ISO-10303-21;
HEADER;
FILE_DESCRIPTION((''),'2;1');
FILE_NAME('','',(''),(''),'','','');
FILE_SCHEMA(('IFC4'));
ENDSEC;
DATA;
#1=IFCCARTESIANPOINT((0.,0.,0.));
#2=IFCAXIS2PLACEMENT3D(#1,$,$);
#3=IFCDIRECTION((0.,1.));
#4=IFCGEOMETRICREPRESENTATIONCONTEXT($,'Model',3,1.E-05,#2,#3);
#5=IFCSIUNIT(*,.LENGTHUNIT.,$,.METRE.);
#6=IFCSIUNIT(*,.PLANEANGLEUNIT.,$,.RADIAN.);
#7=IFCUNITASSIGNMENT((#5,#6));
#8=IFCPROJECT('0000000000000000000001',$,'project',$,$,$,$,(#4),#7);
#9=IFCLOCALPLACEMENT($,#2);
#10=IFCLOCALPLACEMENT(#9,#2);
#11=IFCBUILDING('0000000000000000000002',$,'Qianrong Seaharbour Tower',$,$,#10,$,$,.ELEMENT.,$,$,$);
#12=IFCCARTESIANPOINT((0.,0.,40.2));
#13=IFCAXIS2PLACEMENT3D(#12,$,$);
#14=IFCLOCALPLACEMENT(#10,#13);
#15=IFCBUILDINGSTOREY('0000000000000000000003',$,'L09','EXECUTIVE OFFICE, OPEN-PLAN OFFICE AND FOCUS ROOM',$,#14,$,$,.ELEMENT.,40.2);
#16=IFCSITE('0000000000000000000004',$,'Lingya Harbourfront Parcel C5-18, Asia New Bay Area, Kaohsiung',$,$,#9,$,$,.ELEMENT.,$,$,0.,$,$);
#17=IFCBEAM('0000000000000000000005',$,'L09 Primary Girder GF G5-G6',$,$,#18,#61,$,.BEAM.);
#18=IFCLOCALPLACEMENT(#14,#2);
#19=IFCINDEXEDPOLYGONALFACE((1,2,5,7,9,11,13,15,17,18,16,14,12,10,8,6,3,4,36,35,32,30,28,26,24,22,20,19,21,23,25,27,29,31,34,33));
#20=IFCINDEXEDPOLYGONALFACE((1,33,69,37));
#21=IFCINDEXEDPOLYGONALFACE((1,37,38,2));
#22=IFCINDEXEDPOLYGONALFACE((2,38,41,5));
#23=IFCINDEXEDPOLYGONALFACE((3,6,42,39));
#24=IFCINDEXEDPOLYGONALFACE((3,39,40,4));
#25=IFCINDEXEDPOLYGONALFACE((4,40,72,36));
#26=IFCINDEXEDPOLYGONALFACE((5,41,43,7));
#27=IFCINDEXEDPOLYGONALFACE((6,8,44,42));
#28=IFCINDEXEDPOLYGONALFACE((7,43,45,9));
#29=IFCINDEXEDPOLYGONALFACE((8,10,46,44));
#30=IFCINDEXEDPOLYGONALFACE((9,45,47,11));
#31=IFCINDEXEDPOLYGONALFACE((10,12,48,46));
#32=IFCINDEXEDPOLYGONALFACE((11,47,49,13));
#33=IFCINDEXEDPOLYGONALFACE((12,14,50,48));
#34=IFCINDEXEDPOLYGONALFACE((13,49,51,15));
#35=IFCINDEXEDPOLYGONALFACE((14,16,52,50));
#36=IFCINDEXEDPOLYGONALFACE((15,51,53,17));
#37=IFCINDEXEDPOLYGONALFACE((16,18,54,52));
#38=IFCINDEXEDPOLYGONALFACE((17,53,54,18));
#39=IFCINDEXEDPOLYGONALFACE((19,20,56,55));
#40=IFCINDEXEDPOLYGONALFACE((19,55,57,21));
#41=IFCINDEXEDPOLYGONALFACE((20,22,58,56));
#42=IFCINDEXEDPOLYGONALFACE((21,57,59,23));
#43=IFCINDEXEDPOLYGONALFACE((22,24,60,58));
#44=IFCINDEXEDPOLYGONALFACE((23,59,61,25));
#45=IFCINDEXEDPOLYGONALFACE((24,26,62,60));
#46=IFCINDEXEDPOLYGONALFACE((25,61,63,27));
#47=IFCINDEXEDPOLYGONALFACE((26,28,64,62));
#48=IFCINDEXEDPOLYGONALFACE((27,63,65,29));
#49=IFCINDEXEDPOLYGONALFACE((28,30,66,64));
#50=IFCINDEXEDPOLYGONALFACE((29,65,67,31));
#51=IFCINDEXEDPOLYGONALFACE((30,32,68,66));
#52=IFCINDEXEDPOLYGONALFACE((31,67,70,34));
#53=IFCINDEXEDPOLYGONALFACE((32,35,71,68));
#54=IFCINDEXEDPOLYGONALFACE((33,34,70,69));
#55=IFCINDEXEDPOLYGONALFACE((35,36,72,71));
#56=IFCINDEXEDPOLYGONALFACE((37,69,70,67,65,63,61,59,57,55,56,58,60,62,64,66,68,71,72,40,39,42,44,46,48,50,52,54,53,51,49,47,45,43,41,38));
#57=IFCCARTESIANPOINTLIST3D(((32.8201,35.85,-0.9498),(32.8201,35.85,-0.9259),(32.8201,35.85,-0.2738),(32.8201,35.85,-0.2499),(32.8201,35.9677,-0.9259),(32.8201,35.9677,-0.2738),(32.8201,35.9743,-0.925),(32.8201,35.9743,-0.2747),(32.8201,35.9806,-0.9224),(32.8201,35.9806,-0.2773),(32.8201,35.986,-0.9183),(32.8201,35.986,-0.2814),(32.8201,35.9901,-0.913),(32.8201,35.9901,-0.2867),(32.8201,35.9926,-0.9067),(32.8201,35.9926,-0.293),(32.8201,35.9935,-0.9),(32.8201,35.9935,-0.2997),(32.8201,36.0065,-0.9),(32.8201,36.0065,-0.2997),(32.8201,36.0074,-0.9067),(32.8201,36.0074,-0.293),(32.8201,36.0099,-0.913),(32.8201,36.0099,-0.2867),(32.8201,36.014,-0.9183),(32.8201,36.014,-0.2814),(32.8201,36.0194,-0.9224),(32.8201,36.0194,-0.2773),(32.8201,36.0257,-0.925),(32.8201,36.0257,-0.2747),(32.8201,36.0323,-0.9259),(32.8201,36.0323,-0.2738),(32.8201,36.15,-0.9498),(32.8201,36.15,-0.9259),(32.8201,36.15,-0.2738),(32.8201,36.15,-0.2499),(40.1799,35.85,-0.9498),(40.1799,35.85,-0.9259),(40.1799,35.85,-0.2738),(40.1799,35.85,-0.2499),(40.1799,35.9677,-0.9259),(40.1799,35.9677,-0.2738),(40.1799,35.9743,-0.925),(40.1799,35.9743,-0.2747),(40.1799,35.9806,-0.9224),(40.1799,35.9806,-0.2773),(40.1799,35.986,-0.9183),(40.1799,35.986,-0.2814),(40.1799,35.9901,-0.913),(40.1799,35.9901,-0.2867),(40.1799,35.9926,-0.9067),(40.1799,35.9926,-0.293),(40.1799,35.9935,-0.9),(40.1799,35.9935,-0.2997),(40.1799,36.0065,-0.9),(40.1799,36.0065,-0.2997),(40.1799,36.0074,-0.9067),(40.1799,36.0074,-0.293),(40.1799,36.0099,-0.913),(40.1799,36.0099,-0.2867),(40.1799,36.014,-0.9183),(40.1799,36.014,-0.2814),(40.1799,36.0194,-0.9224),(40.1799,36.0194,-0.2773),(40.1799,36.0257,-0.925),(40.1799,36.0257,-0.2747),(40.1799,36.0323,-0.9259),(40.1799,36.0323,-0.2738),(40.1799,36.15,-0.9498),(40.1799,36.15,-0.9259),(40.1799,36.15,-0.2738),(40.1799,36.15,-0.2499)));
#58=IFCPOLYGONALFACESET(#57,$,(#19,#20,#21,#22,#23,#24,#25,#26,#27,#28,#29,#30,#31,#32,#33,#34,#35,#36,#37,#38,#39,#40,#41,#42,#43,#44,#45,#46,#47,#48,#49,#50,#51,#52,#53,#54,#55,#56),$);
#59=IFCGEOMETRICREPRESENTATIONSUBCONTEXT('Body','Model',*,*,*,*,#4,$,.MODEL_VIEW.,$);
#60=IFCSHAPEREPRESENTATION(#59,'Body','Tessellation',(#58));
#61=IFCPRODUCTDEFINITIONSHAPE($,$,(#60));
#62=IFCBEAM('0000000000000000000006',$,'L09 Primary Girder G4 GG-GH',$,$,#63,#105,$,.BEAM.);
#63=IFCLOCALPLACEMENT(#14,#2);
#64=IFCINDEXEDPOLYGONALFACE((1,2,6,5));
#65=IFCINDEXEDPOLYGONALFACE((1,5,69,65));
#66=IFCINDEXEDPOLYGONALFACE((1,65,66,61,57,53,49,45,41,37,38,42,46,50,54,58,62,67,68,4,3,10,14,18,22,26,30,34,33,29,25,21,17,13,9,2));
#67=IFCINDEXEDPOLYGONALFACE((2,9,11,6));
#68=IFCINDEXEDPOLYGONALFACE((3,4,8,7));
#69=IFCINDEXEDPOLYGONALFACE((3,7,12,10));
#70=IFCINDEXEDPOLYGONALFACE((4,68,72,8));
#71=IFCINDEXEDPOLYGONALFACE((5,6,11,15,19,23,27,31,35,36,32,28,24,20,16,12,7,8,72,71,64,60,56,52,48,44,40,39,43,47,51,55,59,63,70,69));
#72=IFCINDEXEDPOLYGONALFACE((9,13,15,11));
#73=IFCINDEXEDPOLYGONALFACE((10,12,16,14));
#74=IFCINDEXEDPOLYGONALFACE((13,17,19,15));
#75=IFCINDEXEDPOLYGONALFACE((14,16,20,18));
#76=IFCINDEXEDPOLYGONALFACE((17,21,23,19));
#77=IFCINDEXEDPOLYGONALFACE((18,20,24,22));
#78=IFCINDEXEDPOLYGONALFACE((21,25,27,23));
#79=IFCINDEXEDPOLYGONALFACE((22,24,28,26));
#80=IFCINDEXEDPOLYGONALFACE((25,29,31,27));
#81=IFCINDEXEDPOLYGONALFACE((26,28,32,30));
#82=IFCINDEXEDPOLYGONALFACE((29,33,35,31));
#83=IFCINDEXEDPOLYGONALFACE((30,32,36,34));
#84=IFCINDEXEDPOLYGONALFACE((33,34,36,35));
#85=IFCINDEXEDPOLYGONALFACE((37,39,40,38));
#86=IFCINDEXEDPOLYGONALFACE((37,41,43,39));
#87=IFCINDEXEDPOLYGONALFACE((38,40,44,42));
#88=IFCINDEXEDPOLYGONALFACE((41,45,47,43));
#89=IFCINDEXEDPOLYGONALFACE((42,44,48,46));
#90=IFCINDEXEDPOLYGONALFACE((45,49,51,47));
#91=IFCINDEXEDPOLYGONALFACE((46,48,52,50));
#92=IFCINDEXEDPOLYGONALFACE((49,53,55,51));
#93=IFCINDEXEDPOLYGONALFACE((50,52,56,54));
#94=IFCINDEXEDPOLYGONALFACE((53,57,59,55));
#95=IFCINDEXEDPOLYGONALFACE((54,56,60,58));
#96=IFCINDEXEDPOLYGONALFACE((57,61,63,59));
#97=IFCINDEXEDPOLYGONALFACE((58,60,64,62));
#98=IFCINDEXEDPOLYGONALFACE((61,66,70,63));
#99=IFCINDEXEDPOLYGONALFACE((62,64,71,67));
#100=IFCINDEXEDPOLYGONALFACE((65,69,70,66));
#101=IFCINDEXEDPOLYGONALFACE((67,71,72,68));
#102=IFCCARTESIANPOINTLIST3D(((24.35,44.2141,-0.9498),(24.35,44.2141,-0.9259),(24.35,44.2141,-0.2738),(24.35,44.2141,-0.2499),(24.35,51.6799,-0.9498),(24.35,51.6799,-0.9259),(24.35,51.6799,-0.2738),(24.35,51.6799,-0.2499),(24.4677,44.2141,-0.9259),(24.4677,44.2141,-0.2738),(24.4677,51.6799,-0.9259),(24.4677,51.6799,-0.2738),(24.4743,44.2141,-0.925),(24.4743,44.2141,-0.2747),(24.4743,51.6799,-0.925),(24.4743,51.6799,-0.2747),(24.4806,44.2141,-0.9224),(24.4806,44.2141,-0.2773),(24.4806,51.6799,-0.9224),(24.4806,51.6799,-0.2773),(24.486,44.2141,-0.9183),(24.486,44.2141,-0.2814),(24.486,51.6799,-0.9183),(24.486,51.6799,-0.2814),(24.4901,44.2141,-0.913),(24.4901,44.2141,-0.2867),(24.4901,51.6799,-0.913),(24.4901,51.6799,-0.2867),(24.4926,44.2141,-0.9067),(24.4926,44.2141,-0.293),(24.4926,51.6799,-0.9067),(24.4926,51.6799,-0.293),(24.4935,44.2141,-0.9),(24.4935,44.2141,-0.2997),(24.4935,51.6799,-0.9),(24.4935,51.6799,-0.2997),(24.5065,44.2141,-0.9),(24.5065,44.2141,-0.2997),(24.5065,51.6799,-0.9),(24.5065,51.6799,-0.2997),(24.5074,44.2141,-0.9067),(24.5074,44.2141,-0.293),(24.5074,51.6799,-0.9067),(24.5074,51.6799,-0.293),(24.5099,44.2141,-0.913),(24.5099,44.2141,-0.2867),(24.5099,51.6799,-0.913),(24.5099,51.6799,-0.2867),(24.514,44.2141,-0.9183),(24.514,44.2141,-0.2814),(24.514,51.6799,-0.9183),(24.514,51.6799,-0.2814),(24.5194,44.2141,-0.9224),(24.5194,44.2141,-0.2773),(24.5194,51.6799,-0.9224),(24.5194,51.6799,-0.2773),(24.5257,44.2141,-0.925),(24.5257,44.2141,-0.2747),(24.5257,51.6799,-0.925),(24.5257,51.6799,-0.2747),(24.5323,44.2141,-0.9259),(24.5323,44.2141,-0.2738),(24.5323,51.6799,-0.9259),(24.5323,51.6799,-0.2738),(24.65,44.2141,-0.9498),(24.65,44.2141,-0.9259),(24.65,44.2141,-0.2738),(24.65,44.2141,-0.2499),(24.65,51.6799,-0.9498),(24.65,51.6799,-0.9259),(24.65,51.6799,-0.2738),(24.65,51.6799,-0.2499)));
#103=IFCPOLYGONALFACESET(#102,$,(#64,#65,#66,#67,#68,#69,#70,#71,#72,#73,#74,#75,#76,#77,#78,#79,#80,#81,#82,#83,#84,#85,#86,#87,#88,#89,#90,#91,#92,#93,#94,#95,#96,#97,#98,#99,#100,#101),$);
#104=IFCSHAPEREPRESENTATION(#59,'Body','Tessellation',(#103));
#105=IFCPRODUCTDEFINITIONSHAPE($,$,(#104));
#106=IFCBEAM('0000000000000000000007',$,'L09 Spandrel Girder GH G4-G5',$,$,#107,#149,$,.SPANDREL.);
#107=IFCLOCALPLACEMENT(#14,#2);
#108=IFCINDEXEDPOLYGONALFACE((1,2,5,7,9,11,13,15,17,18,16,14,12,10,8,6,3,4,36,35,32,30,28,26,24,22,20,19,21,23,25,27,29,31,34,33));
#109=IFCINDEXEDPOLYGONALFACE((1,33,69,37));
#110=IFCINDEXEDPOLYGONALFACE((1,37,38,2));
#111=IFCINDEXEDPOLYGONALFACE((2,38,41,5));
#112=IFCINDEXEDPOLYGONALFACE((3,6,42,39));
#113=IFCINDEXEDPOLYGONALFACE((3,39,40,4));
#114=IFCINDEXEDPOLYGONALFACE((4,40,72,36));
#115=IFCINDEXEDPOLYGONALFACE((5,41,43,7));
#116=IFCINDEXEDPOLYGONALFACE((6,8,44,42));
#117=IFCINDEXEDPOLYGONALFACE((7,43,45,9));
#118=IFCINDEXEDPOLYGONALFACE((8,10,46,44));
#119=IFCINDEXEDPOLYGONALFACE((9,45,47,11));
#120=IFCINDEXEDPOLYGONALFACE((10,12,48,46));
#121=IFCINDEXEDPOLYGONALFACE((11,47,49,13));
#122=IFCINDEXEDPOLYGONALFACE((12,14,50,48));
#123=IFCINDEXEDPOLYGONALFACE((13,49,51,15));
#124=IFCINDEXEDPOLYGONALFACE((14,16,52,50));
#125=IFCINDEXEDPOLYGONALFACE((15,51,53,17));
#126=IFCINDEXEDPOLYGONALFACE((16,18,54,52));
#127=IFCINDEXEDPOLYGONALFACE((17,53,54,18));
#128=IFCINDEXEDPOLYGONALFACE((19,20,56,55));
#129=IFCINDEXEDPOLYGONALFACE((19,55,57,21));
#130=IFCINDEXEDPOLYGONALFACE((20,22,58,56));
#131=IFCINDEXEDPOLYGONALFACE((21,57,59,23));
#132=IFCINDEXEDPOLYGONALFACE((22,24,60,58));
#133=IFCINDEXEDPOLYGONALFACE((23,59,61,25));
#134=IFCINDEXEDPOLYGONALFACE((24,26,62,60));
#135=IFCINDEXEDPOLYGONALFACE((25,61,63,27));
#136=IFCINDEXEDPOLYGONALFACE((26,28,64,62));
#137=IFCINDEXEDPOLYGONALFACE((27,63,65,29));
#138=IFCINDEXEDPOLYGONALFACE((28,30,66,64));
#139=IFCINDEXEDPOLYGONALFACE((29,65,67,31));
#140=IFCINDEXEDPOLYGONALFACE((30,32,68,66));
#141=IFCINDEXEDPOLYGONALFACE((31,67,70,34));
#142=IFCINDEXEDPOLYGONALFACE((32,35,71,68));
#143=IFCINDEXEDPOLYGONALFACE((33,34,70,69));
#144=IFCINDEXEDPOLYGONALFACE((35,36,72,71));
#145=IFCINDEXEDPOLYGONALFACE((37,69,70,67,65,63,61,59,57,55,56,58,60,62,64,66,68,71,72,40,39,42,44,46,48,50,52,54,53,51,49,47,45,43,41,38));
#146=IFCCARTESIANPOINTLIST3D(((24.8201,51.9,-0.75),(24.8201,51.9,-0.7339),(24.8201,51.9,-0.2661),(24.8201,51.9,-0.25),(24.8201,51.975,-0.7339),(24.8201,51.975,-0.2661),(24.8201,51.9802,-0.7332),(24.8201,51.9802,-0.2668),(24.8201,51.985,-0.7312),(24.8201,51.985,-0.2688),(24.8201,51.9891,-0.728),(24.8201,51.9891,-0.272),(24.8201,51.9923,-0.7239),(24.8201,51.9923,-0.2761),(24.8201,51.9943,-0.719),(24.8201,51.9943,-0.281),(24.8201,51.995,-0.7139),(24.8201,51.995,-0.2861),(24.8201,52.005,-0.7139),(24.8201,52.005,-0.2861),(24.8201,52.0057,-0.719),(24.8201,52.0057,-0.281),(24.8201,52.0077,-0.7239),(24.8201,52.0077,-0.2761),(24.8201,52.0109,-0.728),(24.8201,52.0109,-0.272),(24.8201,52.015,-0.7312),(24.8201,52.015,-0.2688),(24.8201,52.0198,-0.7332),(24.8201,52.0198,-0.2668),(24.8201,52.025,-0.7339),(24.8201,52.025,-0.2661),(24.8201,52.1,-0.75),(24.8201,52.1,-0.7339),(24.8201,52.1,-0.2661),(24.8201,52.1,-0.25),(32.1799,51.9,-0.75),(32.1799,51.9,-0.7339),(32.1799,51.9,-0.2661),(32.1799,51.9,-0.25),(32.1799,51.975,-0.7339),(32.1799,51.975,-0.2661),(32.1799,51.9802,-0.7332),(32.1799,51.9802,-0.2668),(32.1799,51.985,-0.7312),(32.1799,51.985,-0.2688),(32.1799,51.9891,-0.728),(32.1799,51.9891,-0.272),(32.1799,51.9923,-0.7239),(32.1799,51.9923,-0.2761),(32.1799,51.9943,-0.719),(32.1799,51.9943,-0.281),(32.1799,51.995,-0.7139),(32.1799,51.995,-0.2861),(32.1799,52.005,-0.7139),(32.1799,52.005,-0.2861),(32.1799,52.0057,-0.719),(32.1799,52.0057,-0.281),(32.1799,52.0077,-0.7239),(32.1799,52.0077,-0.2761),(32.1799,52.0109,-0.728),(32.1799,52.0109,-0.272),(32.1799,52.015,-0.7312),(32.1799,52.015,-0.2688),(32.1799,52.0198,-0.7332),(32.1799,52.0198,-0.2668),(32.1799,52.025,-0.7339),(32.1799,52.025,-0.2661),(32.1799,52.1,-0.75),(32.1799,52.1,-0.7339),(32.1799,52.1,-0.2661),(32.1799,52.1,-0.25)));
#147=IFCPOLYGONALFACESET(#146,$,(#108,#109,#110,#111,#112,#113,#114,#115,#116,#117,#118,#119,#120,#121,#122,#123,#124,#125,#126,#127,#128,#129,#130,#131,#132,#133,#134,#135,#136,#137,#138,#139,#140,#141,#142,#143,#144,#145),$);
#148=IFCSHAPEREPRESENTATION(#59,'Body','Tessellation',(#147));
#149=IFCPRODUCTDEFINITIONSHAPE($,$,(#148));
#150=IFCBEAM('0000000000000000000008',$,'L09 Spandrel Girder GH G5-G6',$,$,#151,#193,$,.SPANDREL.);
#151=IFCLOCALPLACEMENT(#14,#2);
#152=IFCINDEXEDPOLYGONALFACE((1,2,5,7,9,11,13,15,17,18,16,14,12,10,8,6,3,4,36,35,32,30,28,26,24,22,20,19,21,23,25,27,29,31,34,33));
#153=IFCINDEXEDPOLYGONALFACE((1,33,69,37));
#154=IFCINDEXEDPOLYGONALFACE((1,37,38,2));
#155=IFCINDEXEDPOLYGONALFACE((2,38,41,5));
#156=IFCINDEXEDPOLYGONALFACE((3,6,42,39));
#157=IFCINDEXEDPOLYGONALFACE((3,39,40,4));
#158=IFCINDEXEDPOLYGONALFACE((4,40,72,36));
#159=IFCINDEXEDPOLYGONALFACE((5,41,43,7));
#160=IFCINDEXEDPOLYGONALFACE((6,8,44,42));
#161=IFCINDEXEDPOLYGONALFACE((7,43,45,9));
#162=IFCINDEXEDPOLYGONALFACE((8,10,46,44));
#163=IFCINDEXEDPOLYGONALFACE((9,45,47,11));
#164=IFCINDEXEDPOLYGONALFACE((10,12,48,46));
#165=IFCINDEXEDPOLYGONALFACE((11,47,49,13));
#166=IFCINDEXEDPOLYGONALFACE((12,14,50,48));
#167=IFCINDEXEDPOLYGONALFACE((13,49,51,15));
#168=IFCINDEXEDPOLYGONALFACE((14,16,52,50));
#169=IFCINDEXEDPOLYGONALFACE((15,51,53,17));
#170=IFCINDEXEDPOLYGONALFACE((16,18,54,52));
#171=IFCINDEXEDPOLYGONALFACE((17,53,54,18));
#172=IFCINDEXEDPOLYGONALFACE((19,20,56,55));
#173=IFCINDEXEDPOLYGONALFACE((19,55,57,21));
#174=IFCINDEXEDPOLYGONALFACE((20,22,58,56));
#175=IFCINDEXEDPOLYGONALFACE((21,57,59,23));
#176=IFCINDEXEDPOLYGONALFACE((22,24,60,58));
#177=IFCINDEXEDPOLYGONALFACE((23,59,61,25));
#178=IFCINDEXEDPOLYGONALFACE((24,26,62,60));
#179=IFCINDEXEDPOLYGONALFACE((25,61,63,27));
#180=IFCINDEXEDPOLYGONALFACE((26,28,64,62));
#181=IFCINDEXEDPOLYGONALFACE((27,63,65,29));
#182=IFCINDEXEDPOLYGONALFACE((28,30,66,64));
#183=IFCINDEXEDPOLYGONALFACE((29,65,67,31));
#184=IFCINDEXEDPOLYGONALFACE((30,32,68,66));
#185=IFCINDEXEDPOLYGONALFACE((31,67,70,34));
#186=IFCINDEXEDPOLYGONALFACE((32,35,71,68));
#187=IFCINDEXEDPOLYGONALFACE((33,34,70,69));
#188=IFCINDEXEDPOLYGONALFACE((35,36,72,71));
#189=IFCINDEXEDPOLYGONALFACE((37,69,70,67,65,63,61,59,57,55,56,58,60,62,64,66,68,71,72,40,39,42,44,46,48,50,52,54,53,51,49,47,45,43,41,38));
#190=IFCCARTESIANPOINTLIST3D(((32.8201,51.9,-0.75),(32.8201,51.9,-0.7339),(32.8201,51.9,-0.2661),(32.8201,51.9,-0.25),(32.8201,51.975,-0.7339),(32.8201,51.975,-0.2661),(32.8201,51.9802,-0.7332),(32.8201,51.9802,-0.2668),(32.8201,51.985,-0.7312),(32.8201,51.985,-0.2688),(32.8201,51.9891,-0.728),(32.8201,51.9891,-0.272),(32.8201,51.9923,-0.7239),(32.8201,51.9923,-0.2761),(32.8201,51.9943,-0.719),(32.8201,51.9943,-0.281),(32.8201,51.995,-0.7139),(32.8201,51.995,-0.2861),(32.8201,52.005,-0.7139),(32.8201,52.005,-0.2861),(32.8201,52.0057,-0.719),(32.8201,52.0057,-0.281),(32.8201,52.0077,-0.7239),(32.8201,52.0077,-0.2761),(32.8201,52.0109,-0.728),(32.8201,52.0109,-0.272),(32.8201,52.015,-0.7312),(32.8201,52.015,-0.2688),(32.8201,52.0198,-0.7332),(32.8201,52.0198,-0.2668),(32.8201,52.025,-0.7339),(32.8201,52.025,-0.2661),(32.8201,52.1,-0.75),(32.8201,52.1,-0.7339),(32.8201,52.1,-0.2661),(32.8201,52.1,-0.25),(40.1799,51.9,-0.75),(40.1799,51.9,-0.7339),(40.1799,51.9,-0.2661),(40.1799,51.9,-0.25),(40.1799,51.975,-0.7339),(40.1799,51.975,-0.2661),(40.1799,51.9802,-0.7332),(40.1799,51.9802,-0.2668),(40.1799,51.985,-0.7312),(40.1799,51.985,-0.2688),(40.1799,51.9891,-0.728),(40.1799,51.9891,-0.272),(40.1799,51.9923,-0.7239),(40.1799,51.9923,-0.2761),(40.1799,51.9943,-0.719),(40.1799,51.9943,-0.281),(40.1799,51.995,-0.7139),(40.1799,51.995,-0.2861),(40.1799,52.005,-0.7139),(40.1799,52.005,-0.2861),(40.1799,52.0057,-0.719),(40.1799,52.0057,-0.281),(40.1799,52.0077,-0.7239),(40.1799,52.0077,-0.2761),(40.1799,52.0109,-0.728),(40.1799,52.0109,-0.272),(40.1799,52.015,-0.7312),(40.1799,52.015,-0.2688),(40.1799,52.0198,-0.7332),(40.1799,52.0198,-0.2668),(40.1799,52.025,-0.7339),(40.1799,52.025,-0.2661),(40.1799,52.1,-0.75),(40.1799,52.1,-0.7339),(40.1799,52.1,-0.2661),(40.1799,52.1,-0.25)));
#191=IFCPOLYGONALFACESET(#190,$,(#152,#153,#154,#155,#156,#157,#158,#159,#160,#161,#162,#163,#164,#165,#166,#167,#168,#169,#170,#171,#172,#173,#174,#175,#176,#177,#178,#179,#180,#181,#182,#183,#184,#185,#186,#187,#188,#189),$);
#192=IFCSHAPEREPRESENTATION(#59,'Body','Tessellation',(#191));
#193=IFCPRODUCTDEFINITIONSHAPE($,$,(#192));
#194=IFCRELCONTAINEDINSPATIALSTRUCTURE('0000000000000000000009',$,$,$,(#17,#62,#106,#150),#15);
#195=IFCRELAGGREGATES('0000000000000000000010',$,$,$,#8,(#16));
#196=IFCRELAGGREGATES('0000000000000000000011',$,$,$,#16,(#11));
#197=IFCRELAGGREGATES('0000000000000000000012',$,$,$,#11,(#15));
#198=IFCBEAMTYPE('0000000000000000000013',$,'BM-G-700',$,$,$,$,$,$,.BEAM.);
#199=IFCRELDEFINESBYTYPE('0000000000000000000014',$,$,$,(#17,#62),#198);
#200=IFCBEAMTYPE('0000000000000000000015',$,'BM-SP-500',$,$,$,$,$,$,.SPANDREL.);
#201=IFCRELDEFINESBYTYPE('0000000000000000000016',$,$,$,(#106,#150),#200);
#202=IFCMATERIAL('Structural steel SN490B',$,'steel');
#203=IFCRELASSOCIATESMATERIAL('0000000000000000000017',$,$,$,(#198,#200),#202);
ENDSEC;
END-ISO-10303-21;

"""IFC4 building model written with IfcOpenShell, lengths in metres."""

from ifc_helpers import new_model, si_unit, direction, frame, origin, origin_2d, place, context, subcontext, project, spatial, i_section, extrude, material, material_profile, profile_set, type_object, element, save


model = new_model("IFC4")

# Units and contexts
model_context = context("Model", 3, precision=1e-05, world=origin(), true_north=direction((0.0, 1.0)))
body_context = subcontext(model_context, "Body", "Model", "MODEL_VIEW")
ifc_project = project(units=[si_unit("LENGTHUNIT", "METRE"), si_unit("PLANEANGLEUNIT", "RADIAN")], contexts=[model_context])

# Site, building, storey
site_placement = place(None, origin())
site = spatial("IfcSite", under=ifc_project, at=site_placement, Name="Lingya Harbourfront Parcel C5-18, Asia New Bay Area, Kaohsiung", CompositionType="ELEMENT", RefElevation=0.0)
building_placement = place(site_placement, origin())
building = spatial("IfcBuilding", under=site, at=building_placement, Name="Qianrong Seaharbour Tower", CompositionType="ELEMENT")
storey_placement = place(building_placement, frame((0.0, 0.0, 40.2)))
storey = spatial("IfcBuildingStorey", under=building, at=storey_placement, Name="L09", Description="EXECUTIVE OFFICE, OPEN-PLAN OFFICE AND FOCUS ROOM", CompositionType="ELEMENT", Elevation=40.2)

# Shared definitions
ifc_material_1 = material(Name="Structural steel SN490B", Category="steel")

# Beams
ifc_material_profile_1 = material_profile(ifc_material_1, i_section(OverallWidth=0.3, OverallDepth=0.7, WebThickness=0.0129, FlangeThickness=0.0239, FilletRadius=0.0259, at=origin_2d()), Name="H700x300x13x24")
ifc_profile_set_1 = profile_set([ifc_material_profile_1], Name="Structural steel SN490B")
beam_type_1 = type_object("IfcBeamType", Name="BM-G-700", PredefinedType="BEAM", material=ifc_profile_set_1)
beam_1_placement = place(storey_placement, frame((32.8201, 36.0, -0.5999), z_axis=(1.0, 0.0, 0.0), x_axis=(0.0, 1.0, 0.0)))
element("IfcBeam", 1, at=beam_1_placement, inside=storey, type_object=beam_type_1, Name="L09 Primary Girder GF G5-G6", PredefinedType="BEAM", context=body_context, shape_type="SweptSolid", body=[
    extrude(i_section(OverallWidth=0.3, OverallDepth=0.7, WebThickness=0.0129, FlangeThickness=0.0239, FilletRadius=0.0259, at=origin_2d()), origin(), (0.0, 0.0, 1.0), 7.3599),
])
beam_2_placement = place(storey_placement, frame((24.5, 44.2141, -0.5999), z_axis=(0.0, 1.0, 0.0), x_axis=(-1.0, 0.0, 0.0)))
element("IfcBeam", 2, at=beam_2_placement, inside=storey, type_object=beam_type_1, Name="L09 Primary Girder G4 GG-GH", PredefinedType="BEAM", context=body_context, shape_type="SweptSolid", body=[
    extrude(i_section(OverallWidth=0.3, OverallDepth=0.7, WebThickness=0.0129, FlangeThickness=0.0239, FilletRadius=0.0259, at=origin_2d()), origin(), (0.0, 0.0, 1.0), 7.4658),
])
ifc_material_profile_2 = material_profile(ifc_material_1, i_section(OverallWidth=0.2, OverallDepth=0.5, WebThickness=0.01, FlangeThickness=0.0161, FilletRadius=0.02, at=origin_2d()), Name="H500x200x10x16")
ifc_profile_set_2 = profile_set([ifc_material_profile_2], Name="Structural steel SN490B")
beam_type_2 = type_object("IfcBeamType", Name="BM-SP-500", PredefinedType="SPANDREL", material=ifc_profile_set_2)
for number, where, z_axis, x_axis, name in (
    (3, (24.8201, 52.0, -0.5), (1.0, 0.0, 0.0), (0.0, 1.0, 0.0), "L09 Spandrel Girder GH G4-G5"),
    (4, (32.8201, 52.0, -0.5), (1.0, 0.0, 0.0), (0.0, 1.0, 0.0), "L09 Spandrel Girder GH G5-G6"),
):
    element("IfcBeam", number, at=place(storey_placement, frame(where, z_axis=z_axis, x_axis=x_axis)), inside=storey, type_object=beam_type_2, Name=name, PredefinedType="SPANDREL", context=body_context, shape_type="SweptSolid", body=[
        extrude(i_section(OverallWidth=0.2, OverallDepth=0.5, WebThickness=0.01, FlangeThickness=0.0161, FilletRadius=0.02, at=origin_2d()), origin(), (0.0, 0.0, 1.0), 7.3599),
    ])

save(model, "model.ifc")
